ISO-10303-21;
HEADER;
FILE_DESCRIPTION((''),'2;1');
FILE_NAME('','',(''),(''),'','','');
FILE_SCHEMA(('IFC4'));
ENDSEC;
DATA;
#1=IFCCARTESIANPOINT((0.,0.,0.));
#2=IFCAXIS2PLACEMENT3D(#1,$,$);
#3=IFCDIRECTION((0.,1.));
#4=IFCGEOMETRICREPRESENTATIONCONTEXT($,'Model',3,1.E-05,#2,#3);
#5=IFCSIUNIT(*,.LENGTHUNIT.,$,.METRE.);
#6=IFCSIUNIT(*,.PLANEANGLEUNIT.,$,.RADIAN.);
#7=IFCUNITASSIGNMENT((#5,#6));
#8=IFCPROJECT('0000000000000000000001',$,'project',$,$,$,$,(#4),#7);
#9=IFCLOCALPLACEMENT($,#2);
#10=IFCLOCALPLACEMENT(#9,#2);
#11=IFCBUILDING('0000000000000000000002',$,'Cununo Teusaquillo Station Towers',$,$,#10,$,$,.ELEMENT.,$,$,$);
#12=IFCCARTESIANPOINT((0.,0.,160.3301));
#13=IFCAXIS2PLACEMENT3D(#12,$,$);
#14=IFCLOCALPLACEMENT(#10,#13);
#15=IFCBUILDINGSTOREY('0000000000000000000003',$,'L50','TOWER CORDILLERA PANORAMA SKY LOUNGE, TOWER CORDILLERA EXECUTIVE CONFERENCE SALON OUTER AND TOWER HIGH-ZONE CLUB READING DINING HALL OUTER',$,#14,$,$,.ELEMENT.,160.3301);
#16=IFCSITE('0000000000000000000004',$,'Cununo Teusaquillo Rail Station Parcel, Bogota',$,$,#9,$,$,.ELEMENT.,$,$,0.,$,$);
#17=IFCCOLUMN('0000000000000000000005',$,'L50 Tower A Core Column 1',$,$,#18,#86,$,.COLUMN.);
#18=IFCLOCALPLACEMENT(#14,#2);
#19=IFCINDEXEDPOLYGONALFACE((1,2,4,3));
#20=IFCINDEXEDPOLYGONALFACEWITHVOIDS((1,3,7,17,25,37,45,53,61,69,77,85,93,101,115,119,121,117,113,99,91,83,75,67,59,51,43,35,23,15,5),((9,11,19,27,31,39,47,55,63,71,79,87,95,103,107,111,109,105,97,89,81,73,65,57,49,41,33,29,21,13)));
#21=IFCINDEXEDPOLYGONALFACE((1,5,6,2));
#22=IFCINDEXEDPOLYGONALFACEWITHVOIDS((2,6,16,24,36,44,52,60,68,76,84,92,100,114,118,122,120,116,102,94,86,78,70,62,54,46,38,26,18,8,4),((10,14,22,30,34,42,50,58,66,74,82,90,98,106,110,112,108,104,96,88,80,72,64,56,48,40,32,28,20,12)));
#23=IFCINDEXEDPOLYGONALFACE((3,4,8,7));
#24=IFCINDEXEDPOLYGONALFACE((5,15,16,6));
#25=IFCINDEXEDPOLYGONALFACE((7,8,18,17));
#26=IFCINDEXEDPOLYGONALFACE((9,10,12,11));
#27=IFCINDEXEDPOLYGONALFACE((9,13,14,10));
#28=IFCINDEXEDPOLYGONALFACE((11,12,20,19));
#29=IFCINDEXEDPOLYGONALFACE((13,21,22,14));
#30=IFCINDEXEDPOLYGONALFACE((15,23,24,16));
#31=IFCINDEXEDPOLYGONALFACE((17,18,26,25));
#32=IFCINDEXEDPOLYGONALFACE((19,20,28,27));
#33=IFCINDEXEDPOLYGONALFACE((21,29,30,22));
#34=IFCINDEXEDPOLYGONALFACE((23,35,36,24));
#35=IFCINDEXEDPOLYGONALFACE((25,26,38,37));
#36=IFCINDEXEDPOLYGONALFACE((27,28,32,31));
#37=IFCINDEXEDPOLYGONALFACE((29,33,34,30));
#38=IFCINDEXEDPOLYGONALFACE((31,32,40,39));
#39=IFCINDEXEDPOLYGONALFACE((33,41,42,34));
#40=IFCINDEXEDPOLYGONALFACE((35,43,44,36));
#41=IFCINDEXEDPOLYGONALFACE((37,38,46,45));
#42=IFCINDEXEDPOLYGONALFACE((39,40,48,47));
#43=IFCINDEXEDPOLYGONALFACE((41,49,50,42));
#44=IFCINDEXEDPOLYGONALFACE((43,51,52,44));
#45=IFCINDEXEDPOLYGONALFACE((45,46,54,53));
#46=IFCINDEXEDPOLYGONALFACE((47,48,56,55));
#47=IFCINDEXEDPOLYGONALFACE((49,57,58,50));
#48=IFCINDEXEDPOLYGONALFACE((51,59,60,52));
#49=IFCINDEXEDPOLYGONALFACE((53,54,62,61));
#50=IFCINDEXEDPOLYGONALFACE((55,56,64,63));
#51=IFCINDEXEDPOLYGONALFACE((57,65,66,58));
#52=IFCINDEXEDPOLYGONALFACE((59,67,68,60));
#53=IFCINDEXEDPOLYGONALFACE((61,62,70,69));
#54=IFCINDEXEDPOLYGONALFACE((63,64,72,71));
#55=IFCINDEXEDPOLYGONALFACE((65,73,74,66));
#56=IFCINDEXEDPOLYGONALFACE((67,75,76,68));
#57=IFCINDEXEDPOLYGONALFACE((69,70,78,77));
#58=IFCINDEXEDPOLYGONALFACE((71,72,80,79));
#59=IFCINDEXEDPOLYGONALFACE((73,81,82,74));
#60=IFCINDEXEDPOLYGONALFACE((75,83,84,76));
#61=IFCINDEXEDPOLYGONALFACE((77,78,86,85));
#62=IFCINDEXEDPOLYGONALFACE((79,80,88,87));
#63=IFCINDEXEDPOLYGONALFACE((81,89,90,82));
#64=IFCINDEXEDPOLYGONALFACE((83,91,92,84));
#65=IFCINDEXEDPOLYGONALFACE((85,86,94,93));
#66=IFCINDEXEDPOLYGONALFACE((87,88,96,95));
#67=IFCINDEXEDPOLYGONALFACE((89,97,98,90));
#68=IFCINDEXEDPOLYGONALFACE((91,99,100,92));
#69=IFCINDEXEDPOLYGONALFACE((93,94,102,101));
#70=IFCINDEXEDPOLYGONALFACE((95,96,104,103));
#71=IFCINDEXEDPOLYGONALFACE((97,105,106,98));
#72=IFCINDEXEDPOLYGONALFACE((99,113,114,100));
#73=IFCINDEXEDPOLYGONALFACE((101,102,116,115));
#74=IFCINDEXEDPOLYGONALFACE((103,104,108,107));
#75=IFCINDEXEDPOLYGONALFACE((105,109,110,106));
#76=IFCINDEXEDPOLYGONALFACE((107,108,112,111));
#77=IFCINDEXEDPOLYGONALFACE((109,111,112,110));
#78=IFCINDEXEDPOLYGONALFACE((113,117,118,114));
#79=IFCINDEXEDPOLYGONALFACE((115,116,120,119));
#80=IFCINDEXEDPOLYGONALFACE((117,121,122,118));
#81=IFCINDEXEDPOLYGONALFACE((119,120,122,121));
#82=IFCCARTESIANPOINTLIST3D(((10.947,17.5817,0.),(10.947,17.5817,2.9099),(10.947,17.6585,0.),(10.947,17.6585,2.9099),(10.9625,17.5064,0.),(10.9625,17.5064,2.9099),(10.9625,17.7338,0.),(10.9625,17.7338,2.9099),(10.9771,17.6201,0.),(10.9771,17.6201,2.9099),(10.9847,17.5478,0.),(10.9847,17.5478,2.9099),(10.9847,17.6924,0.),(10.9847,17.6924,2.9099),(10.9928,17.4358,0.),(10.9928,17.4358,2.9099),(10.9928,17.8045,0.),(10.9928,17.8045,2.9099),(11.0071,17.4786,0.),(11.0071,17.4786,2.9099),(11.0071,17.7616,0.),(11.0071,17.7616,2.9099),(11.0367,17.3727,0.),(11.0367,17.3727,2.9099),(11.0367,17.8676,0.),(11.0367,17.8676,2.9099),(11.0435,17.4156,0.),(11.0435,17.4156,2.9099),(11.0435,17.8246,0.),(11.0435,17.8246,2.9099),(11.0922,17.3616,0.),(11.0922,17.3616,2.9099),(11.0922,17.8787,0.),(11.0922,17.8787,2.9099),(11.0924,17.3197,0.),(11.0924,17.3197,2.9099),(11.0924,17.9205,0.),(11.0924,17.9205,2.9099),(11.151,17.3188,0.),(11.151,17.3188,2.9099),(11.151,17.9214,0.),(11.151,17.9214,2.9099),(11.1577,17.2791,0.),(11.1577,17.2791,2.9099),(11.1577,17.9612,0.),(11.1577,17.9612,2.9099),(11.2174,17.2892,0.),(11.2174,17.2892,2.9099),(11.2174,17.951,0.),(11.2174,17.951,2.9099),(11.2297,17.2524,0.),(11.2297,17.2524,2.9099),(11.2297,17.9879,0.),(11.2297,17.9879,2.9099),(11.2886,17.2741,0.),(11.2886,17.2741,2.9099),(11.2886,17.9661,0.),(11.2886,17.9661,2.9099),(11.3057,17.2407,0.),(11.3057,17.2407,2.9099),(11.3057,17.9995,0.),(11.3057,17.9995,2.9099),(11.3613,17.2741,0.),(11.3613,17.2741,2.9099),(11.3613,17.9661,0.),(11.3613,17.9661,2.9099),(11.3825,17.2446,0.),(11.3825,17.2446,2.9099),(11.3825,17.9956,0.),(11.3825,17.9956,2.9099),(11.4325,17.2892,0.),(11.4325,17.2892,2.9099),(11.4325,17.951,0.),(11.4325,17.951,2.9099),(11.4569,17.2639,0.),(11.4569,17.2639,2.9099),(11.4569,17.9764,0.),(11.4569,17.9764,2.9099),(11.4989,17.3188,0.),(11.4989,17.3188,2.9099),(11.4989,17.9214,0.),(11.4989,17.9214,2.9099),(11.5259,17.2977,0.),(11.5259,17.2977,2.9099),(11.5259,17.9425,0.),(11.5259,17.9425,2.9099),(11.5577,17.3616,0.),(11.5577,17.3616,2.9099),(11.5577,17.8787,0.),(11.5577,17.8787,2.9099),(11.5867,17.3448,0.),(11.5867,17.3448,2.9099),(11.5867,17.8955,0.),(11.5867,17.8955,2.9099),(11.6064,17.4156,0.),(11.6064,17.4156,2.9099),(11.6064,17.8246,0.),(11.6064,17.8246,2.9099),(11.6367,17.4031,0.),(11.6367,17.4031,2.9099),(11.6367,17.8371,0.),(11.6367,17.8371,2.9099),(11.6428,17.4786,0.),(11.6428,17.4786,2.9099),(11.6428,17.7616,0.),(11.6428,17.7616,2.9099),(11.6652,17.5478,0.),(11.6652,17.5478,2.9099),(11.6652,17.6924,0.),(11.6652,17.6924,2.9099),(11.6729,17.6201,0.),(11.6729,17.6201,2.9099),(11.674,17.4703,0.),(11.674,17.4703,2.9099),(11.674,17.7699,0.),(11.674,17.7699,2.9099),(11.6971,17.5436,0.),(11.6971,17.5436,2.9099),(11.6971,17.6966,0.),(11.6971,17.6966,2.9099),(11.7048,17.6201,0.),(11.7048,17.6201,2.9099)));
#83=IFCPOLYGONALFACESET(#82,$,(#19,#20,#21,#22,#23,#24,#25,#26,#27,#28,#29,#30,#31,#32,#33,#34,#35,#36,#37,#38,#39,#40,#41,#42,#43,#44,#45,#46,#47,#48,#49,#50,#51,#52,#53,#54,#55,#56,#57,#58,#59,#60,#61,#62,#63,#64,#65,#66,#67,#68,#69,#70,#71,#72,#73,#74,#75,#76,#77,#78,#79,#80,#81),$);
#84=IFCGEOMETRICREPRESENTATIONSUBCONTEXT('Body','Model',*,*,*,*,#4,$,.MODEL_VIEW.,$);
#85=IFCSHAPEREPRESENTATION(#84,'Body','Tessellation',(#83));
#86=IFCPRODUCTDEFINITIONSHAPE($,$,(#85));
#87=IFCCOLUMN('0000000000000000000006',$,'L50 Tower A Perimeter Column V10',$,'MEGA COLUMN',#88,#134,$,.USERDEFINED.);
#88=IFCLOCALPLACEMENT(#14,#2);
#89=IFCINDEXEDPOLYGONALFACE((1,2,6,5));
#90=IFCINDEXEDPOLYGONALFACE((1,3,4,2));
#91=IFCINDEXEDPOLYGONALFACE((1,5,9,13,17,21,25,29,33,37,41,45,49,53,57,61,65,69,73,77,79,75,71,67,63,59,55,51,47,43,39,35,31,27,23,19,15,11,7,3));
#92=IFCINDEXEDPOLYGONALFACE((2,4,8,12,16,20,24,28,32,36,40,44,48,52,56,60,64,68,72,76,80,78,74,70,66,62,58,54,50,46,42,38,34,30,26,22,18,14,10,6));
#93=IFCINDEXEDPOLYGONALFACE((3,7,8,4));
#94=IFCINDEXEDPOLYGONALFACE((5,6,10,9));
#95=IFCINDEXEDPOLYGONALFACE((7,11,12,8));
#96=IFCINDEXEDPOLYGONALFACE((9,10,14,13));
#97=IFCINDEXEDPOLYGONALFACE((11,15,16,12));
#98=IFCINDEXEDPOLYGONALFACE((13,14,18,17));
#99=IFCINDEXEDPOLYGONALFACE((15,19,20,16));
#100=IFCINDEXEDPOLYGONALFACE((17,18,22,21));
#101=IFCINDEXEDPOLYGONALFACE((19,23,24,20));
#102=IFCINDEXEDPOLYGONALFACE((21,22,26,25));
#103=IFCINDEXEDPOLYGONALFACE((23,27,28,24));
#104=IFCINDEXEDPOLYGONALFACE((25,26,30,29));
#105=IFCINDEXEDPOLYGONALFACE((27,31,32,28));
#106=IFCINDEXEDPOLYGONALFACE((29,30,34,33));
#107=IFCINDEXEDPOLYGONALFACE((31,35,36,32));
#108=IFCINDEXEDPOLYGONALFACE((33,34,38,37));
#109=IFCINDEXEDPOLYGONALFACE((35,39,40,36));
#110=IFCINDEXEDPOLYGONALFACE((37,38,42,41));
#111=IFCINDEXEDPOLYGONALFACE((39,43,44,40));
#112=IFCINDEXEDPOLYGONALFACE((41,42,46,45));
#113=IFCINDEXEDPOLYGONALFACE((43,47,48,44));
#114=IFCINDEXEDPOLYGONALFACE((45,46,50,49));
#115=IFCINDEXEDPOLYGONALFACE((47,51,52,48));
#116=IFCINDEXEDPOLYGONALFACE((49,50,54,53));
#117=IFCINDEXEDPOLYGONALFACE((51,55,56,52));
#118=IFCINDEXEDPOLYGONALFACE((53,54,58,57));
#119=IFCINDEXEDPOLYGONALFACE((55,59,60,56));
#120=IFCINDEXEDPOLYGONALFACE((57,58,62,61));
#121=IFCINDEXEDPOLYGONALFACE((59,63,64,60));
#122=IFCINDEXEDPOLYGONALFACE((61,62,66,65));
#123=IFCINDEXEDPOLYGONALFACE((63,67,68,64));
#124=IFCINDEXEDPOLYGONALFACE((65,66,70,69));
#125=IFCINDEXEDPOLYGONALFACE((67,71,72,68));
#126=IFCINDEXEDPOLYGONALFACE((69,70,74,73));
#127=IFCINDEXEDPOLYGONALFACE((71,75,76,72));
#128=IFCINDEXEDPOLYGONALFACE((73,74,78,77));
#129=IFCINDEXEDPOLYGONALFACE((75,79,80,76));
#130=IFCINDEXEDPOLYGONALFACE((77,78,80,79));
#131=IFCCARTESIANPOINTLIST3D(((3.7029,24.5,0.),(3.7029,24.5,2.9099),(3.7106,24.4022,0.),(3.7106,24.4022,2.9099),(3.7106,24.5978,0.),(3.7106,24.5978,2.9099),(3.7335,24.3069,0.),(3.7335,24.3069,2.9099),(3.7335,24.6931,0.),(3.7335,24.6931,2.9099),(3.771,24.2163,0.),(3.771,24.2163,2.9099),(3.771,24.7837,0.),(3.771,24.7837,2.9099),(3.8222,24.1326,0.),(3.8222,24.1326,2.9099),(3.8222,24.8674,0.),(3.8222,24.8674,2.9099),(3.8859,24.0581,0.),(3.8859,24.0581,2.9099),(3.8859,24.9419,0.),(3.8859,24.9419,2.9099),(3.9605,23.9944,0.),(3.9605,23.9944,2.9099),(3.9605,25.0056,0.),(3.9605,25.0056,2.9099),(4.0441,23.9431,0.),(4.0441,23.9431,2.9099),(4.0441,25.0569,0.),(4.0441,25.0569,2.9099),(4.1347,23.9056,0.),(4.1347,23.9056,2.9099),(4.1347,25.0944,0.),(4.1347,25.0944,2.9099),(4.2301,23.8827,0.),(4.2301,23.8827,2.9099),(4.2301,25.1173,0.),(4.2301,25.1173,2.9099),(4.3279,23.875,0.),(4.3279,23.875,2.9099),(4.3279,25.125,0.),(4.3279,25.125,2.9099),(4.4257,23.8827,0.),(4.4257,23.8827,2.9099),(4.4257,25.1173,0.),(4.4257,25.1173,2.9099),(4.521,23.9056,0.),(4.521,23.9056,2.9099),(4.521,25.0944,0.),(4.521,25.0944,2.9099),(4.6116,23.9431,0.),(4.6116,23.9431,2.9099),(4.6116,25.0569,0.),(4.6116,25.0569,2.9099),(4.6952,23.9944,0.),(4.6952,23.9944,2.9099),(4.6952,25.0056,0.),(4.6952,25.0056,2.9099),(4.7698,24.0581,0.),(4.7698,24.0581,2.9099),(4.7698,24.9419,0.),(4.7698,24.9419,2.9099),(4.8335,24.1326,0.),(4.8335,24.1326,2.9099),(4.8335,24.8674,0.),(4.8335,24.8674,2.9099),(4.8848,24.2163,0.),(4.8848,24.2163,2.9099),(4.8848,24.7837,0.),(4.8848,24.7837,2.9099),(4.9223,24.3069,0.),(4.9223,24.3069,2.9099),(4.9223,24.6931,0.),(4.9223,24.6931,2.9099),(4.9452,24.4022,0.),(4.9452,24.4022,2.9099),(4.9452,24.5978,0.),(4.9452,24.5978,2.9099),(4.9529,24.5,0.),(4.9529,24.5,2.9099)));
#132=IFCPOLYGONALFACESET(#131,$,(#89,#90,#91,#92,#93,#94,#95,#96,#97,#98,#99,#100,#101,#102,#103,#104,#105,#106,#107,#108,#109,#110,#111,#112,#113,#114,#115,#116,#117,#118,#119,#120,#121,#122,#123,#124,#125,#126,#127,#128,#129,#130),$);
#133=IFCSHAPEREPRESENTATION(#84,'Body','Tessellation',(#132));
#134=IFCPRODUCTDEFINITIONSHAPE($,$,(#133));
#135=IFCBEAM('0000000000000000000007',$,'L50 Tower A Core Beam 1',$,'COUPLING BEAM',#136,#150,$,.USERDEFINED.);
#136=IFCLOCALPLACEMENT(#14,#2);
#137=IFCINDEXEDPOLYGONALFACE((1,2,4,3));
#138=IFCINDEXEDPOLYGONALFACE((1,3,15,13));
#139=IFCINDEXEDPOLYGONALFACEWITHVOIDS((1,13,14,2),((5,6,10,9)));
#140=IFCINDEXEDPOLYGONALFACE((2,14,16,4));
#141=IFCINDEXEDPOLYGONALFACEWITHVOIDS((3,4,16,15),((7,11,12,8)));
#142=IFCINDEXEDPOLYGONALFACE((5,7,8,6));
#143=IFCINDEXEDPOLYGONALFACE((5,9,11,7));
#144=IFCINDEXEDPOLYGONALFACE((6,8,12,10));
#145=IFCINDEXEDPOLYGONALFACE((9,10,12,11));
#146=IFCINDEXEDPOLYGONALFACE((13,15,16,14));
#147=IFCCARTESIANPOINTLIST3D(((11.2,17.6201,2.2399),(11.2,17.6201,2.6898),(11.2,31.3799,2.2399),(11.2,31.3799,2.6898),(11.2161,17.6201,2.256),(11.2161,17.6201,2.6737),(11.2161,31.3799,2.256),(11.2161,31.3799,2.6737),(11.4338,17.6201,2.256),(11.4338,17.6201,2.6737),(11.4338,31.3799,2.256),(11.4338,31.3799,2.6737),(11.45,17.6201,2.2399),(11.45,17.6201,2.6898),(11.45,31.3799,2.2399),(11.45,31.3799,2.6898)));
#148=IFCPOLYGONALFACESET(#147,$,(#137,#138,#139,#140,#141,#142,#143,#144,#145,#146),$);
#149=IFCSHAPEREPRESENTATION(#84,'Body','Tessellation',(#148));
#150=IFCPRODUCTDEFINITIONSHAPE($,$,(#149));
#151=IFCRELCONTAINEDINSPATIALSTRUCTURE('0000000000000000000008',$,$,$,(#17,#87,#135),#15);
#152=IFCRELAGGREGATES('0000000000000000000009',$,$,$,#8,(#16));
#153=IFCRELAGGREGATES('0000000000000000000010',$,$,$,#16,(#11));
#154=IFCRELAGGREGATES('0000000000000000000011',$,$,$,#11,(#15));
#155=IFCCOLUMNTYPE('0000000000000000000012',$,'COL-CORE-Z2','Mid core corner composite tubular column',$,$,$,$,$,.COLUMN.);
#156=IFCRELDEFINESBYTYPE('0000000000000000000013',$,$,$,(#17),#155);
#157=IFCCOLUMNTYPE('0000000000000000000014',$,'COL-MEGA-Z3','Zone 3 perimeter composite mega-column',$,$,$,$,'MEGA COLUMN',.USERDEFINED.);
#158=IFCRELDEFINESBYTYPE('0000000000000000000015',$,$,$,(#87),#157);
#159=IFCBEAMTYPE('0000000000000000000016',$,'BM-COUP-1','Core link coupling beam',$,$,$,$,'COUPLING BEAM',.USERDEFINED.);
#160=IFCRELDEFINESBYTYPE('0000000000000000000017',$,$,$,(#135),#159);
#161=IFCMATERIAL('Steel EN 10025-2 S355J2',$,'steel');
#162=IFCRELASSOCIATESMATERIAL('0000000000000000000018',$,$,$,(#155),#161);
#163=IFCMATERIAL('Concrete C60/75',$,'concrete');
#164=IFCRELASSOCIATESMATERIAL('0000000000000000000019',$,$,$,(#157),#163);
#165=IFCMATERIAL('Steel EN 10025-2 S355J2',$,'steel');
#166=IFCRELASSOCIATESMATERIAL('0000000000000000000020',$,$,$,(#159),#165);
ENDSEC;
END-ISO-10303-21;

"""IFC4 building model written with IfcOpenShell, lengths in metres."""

from ifc_helpers import new_model, si_unit, direction, frame, origin, origin_2d, place, context, subcontext, project, spatial, hollow_rectangle, circle, hollow_circle, extrude, material, material_profile, profile_set, type_object, element, save


model = new_model("IFC4")

# Units and contexts
model_context = context("Model", 3, precision=1e-05, world=origin(), true_north=direction((0.0, 1.0)))
body_context = subcontext(model_context, "Body", "Model", "MODEL_VIEW")
ifc_project = project(units=[si_unit("LENGTHUNIT", "METRE"), si_unit("PLANEANGLEUNIT", "RADIAN")], contexts=[model_context])

# Site, building, storey
site_placement = place(None, origin())
site = spatial("IfcSite", under=ifc_project, at=site_placement, Name="Cununo Teusaquillo Rail Station Parcel, Bogota", CompositionType="ELEMENT", RefElevation=0.0)
building_placement = place(site_placement, origin())
building = spatial("IfcBuilding", under=site, at=building_placement, Name="Cununo Teusaquillo Station Towers", CompositionType="ELEMENT")
storey_placement = place(building_placement, frame((0.0, 0.0, 160.3301)))
storey = spatial("IfcBuildingStorey", under=building, at=storey_placement, Name="L50", Description="TOWER CORDILLERA PANORAMA SKY LOUNGE, TOWER CORDILLERA EXECUTIVE CONFERENCE SALON OUTER AND TOWER HIGH-ZONE CLUB READING DINING HALL OUTER", CompositionType="ELEMENT", Elevation=160.3301)

# Columns
ifc_material_1 = material(Name="Steel EN 10025-2 S355J2", Category="steel")
ifc_material_profile_1 = material_profile(ifc_material_1, hollow_circle(Radius=0.3799, WallThickness=0.032, at=origin_2d()), Name="CHS 760x32")
ifc_profile_set_1 = profile_set([ifc_material_profile_1], Name="Steel EN 10025-2 S355J2")
column_type_1 = type_object("IfcColumnType", Name="COL-CORE-Z2", Description="Mid core corner composite tubular column", PredefinedType="COLUMN", material=ifc_profile_set_1)
column_1_placement = place(storey_placement, frame((11.325, 17.6201, 0.0), z_axis=(0.0, 0.0, 1.0), x_axis=(1.0, 0.0, 0.0)))
element("IfcColumn", 1, at=column_1_placement, inside=storey, type_object=column_type_1, Name="L50 Tower A Core Column 1", PredefinedType="COLUMN", context=body_context, shape_type="SweptSolid", body=[
    extrude(hollow_circle(Radius=0.3799, WallThickness=0.032, at=origin_2d()), origin(), (0.0, 0.0, 1.0), 2.9099),
])
ifc_material_2 = material(Name="Concrete C60/75", Category="concrete")
ifc_material_profile_2 = material_profile(ifc_material_2, circle(Radius=0.625, at=origin_2d()), Name="RC-CIRC-1250")
ifc_profile_set_2 = profile_set([ifc_material_profile_2], Name="Concrete C60/75")
column_type_2 = type_object("IfcColumnType", Name="COL-MEGA-Z3", Description="Zone 3 perimeter composite mega-column", ElementType="MEGA COLUMN", PredefinedType="USERDEFINED", material=ifc_profile_set_2)
column_2_placement = place(storey_placement, frame((4.3279, 24.5, 0.0), z_axis=(0.0, 0.0, 1.0), x_axis=(1.0, 0.0, 0.0)))
element("IfcColumn", 2, at=column_2_placement, inside=storey, type_object=column_type_2, Name="L50 Tower A Perimeter Column V10", ObjectType="MEGA COLUMN", PredefinedType="USERDEFINED", context=body_context, shape_type="SweptSolid", body=[
    extrude(circle(Radius=0.625, at=origin_2d()), origin(), (0.0, 0.0, 1.0), 2.9099),
])

# Beam
ifc_material_3 = material(Name="Steel EN 10025-2 S355J2", Category="steel")
ifc_material_profile_3 = material_profile(ifc_material_3, hollow_rectangle(XDim=0.25, YDim=0.45, WallThickness=0.0161, at=origin_2d()), Name="RHS 450x250x16")
ifc_profile_set_3 = profile_set([ifc_material_profile_3], Name="Steel EN 10025-2 S355J2")
beam_type_1 = type_object("IfcBeamType", Name="BM-COUP-1", Description="Core link coupling beam", ElementType="COUPLING BEAM", PredefinedType="USERDEFINED", material=ifc_profile_set_3)
beam_1_placement = place(storey_placement, frame((11.325, 17.6201, 2.4648), z_axis=(0.0, 1.0, 0.0), x_axis=(-1.0, 0.0, 0.0)))
element("IfcBeam", 3, at=beam_1_placement, inside=storey, type_object=beam_type_1, Name="L50 Tower A Core Beam 1", ObjectType="COUPLING BEAM", PredefinedType="USERDEFINED", context=body_context, shape_type="SweptSolid", body=[
    extrude(hollow_rectangle(XDim=0.25, YDim=0.45, WallThickness=0.0161, at=origin_2d()), origin(), (0.0, 0.0, 1.0), 13.7598),
])

save(model, "model.ifc")
